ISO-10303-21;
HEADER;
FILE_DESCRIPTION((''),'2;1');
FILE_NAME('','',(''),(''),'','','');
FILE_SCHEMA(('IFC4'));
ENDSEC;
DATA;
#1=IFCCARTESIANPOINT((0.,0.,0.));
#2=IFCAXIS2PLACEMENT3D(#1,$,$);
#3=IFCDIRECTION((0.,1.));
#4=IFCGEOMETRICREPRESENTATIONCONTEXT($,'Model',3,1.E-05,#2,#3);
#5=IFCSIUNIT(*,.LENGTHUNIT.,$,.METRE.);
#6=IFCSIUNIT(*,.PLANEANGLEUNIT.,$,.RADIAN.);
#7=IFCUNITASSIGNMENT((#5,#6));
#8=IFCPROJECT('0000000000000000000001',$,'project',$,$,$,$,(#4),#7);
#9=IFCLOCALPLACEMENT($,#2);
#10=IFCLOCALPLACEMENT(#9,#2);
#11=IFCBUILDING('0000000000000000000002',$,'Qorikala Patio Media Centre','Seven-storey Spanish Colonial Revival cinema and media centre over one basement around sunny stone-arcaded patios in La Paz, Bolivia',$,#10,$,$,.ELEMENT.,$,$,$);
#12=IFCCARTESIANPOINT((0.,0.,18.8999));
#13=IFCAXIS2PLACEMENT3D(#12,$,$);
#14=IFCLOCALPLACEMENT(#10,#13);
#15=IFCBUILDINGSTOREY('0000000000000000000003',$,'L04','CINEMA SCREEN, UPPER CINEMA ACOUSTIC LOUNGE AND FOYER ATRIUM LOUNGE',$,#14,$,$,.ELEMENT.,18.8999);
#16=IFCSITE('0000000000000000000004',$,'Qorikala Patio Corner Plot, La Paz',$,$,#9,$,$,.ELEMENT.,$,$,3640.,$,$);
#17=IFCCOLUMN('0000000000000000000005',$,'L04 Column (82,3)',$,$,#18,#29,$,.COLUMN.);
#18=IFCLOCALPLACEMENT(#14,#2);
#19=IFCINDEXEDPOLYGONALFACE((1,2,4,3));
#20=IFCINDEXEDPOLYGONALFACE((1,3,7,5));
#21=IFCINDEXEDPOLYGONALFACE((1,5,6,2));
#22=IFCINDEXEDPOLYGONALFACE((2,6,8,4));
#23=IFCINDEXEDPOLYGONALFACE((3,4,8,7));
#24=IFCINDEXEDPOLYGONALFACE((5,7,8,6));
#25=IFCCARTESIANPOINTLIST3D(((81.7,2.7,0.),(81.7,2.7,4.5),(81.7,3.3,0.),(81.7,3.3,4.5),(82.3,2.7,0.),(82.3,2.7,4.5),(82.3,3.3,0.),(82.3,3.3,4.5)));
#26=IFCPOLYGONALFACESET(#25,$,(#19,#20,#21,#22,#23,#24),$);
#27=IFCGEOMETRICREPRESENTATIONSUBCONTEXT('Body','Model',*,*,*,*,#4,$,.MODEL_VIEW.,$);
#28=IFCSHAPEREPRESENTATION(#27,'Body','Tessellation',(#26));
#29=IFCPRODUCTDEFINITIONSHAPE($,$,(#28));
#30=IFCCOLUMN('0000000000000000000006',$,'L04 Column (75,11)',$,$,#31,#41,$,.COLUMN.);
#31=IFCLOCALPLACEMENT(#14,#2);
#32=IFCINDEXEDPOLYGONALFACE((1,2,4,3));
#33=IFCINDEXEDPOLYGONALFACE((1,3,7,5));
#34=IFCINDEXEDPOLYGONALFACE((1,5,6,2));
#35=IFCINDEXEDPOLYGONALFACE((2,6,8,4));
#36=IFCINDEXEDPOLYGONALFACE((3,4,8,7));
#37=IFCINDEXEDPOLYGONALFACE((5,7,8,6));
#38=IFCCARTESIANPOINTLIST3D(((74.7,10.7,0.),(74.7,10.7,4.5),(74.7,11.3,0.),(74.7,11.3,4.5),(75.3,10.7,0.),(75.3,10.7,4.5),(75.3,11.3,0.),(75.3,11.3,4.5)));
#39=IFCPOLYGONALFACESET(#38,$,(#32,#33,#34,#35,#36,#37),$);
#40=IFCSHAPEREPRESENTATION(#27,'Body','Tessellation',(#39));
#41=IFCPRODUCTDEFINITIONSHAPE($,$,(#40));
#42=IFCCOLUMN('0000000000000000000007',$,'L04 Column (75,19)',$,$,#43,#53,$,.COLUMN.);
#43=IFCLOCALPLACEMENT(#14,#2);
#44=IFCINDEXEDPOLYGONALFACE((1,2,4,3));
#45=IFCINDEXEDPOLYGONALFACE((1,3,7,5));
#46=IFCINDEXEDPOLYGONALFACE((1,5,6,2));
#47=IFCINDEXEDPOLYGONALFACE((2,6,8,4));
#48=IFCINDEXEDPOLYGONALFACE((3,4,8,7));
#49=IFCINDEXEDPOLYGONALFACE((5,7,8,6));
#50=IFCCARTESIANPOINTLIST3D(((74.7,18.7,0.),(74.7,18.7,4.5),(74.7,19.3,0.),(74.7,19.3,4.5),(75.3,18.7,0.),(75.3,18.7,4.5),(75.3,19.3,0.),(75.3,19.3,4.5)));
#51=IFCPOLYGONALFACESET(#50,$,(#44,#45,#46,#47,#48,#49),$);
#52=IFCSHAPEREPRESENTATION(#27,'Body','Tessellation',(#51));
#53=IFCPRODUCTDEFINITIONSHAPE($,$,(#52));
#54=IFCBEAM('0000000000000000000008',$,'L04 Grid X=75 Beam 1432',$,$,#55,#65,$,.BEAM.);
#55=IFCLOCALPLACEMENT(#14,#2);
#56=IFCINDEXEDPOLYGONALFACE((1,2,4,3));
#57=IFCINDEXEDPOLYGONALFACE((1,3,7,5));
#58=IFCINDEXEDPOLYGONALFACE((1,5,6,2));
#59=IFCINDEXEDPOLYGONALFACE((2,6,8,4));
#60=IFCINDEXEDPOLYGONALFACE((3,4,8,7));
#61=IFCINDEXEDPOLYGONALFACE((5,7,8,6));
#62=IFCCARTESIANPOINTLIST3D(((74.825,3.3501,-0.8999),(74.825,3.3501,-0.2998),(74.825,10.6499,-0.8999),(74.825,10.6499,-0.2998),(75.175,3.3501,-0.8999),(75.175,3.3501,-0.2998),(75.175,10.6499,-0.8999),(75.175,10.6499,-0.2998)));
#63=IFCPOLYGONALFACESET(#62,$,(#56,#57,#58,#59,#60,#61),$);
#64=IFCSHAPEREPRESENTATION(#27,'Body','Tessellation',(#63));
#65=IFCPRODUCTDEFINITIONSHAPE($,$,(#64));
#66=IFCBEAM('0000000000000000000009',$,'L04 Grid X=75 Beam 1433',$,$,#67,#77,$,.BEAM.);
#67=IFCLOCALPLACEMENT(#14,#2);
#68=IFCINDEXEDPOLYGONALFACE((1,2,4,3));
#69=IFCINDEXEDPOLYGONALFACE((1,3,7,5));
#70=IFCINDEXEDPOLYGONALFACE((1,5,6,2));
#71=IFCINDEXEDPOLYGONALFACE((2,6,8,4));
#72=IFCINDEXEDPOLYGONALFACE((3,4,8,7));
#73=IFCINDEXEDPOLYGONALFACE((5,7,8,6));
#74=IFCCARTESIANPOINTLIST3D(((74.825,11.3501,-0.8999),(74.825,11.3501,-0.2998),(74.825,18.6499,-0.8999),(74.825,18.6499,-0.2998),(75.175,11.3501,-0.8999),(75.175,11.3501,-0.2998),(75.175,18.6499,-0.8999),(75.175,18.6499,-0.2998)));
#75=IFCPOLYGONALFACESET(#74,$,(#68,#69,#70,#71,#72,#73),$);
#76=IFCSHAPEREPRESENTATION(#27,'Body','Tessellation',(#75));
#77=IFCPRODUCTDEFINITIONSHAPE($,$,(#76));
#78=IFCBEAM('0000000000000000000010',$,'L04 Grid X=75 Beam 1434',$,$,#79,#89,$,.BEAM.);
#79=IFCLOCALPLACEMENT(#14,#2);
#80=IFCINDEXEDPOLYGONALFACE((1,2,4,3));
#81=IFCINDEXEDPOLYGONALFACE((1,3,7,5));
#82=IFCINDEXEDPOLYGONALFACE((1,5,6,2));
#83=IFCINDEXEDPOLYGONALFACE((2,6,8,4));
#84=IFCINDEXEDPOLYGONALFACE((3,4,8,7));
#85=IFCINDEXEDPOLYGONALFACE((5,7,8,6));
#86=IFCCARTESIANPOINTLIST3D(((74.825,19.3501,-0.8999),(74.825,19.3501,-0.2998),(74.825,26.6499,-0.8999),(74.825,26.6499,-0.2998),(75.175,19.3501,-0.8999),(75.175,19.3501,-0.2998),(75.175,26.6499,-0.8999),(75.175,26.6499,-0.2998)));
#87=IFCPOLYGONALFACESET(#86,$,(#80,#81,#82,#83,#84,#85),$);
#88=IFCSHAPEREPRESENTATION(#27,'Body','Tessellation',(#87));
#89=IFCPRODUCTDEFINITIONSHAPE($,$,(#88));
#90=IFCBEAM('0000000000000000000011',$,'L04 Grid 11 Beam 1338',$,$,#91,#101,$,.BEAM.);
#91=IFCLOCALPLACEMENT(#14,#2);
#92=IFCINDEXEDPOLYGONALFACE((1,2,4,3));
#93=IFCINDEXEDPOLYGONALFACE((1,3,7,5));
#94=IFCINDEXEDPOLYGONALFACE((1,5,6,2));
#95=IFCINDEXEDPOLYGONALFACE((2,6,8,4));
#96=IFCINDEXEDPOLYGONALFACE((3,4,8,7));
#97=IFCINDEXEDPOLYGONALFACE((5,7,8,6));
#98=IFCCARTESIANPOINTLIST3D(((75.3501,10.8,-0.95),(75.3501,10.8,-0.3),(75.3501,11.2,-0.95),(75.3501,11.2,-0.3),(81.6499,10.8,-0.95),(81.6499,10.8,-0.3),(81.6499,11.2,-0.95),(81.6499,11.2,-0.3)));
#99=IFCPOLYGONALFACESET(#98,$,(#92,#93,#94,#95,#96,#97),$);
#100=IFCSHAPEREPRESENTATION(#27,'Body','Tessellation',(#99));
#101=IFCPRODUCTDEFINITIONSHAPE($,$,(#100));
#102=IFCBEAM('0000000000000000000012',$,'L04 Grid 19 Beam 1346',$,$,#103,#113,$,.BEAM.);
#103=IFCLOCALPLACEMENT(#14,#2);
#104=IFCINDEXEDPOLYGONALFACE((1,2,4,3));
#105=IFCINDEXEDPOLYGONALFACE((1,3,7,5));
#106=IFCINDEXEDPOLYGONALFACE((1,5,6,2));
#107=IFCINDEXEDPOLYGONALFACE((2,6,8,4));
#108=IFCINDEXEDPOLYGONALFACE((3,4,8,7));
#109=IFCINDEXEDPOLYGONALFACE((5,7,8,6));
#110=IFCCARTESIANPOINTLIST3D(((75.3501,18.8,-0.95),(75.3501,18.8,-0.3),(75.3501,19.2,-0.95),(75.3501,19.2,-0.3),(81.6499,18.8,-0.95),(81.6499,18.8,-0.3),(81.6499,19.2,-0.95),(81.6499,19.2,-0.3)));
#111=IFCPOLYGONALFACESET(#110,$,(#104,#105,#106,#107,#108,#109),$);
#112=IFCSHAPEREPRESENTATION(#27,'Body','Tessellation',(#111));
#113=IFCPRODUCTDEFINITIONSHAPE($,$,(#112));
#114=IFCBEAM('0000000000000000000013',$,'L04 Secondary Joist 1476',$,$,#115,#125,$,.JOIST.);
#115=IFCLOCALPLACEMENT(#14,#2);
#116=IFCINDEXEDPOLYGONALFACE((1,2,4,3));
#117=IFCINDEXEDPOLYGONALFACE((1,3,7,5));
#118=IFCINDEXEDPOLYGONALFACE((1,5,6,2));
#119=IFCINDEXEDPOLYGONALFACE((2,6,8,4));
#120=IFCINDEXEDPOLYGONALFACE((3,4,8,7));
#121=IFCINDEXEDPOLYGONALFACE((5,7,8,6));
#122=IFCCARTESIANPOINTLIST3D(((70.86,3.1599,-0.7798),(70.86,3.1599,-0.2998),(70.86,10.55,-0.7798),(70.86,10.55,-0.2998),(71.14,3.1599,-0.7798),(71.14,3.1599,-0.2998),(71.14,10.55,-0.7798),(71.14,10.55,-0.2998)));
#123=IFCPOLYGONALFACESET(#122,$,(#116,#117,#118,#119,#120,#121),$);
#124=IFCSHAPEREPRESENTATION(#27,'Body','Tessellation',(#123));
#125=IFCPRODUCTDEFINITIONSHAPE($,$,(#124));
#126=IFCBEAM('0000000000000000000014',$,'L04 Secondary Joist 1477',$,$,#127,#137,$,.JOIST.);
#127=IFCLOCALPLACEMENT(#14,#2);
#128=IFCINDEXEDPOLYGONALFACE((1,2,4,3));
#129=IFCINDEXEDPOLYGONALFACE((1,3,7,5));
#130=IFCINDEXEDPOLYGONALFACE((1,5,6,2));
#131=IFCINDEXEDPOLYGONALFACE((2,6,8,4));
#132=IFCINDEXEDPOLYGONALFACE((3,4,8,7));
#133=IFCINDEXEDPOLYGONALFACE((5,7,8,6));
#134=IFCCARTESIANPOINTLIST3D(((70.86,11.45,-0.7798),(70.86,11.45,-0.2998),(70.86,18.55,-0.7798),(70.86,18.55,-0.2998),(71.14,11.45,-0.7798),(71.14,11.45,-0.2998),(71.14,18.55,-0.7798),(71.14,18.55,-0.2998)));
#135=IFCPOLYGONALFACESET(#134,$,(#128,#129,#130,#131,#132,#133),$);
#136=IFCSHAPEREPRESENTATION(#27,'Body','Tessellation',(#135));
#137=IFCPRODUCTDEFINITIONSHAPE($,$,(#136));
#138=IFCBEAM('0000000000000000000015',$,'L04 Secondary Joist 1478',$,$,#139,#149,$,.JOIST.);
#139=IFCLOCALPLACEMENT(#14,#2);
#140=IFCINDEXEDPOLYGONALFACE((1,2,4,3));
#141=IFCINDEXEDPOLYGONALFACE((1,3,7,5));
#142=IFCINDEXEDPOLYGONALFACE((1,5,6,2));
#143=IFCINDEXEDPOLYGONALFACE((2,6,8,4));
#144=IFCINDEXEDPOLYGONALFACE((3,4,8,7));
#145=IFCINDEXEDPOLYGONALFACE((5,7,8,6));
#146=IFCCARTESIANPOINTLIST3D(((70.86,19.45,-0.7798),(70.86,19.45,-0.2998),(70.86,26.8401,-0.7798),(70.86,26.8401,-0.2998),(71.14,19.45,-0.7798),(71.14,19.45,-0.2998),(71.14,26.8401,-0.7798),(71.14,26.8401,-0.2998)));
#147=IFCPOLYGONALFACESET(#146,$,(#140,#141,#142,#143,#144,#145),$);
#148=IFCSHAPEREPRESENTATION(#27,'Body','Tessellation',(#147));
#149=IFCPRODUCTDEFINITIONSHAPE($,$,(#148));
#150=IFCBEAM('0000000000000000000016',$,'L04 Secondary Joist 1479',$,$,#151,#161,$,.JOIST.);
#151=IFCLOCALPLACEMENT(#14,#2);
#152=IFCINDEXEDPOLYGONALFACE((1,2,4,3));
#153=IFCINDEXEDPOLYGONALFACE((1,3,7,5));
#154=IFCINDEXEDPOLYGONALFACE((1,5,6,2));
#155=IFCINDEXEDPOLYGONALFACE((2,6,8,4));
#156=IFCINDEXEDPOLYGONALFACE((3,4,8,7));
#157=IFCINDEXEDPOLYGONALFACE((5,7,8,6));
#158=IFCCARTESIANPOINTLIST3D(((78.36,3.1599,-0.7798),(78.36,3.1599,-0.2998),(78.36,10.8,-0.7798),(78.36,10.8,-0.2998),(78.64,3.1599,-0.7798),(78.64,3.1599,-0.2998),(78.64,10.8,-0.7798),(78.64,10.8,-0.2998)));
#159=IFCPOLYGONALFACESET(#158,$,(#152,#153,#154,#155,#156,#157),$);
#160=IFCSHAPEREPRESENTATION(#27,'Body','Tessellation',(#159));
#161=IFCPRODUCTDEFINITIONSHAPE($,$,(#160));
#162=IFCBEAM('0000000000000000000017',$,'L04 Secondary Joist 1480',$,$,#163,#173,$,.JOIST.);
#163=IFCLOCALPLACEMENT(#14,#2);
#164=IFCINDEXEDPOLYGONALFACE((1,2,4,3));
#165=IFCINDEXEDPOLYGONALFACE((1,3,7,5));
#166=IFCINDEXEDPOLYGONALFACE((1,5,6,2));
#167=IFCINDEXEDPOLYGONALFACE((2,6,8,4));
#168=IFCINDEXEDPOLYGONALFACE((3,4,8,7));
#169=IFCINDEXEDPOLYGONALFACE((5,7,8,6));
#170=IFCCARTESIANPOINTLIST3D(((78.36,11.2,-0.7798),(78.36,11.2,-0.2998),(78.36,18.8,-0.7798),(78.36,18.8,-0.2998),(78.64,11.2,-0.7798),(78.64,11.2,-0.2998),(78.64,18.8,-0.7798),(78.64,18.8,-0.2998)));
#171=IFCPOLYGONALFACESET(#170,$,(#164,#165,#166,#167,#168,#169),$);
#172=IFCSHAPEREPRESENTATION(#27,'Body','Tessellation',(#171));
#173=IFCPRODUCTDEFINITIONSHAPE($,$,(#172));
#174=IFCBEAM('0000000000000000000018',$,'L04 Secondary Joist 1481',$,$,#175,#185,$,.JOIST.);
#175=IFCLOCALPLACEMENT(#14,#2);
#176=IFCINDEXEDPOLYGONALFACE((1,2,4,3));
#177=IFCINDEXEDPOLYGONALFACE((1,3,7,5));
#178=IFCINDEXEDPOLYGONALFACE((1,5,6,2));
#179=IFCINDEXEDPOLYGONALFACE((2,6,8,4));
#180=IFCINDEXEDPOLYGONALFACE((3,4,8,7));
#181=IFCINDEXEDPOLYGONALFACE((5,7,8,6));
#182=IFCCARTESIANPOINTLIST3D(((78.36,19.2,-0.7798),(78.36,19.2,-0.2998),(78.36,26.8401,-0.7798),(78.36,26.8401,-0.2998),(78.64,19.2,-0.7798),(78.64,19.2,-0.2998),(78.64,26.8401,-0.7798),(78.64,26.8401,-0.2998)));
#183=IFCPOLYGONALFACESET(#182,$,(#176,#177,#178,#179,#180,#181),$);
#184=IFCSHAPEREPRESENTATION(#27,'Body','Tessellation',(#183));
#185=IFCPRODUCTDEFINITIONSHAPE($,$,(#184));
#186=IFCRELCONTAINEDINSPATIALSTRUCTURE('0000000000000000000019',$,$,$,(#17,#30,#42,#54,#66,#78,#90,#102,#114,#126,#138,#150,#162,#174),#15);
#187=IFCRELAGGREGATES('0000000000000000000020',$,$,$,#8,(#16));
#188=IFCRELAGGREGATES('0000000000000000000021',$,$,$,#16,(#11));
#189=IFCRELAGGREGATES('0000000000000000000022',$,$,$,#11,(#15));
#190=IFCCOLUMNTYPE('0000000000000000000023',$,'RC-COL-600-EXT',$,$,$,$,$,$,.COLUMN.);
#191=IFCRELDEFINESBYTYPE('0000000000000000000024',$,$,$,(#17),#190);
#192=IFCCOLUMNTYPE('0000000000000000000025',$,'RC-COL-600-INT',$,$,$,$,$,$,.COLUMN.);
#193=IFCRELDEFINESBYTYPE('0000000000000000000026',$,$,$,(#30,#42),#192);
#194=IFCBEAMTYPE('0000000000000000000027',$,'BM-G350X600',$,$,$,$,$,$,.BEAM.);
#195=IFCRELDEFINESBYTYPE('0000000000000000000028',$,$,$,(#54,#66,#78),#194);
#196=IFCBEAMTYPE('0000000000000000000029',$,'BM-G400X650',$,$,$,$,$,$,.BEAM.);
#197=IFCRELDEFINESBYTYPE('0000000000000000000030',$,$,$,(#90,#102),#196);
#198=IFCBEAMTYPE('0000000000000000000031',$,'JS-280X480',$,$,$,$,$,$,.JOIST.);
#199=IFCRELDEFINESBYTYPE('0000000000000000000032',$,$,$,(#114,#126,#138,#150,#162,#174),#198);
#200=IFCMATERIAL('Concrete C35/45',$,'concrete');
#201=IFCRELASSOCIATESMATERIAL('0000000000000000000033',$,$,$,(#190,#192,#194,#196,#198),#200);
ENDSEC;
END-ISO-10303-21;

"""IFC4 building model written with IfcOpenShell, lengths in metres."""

from ifc_helpers import new_model, si_unit, direction, frame, origin, origin_2d, place, context, subcontext, project, spatial, rectangle, extrude, material, material_profile, profile_set, type_object, element, save


model = new_model("IFC4")

# Units and contexts
model_context = context("Model", 3, precision=1e-05, world=origin(), true_north=direction((0.0, 1.0)))
body_context = subcontext(model_context, "Body", "Model", "MODEL_VIEW")
ifc_project = project(units=[si_unit("LENGTHUNIT", "METRE"), si_unit("PLANEANGLEUNIT", "RADIAN")], contexts=[model_context])

# Site, building, storey
site_placement = place(None, origin())
site = spatial("IfcSite", under=ifc_project, at=site_placement, Name="Qorikala Patio Corner Plot, La Paz", CompositionType="ELEMENT", RefElevation=3640.0)
building_placement = place(site_placement, origin())
building = spatial("IfcBuilding", under=site, at=building_placement, Name="Qorikala Patio Media Centre", Description="Seven-storey Spanish Colonial Revival cinema and media centre over one basement around sunny stone-arcaded patios in La Paz, Bolivia", CompositionType="ELEMENT")
storey_placement = place(building_placement, frame((0.0, 0.0, 18.8999)))
storey = spatial("IfcBuildingStorey", under=building, at=storey_placement, Name="L04", Description="CINEMA SCREEN, UPPER CINEMA ACOUSTIC LOUNGE AND FOYER ATRIUM LOUNGE", CompositionType="ELEMENT", Elevation=18.8999)

# Columns
ifc_material_1 = material(Name="Concrete C35/45", Category="concrete")
ifc_material_profile_1 = material_profile(ifc_material_1, rectangle(XDim=0.6001, YDim=0.6001, at=origin_2d()), Name="RC 600x600")
ifc_profile_set_1 = profile_set([ifc_material_profile_1], Name="Concrete C35/45")
column_type_1 = type_object("IfcColumnType", Name="RC-COL-600-EXT", PredefinedType="COLUMN", material=ifc_profile_set_1)
column_placement = place(storey_placement, frame((82.0, 3.0, 0.0), z_axis=(0.0, 0.0, 1.0), x_axis=(1.0, 0.0, 0.0)))
element("IfcColumn", 1, at=column_placement, inside=storey, type_object=column_type_1, Name="L04 Column (82,3)", PredefinedType="COLUMN", context=body_context, shape_type="SweptSolid", body=[
    extrude(rectangle(XDim=0.6001, YDim=0.6001, at=origin_2d()), origin(), (0.0, 0.0, 1.0), 4.5),
])
ifc_material_profile_2 = material_profile(ifc_material_1, rectangle(XDim=0.6001, YDim=0.6001, at=origin_2d()), Name="RC 600x600")
ifc_profile_set_2 = profile_set([ifc_material_profile_2], Name="Concrete C35/45")
column_type_2 = type_object("IfcColumnType", Name="RC-COL-600-INT", PredefinedType="COLUMN", material=ifc_profile_set_2)
for number, where, z_axis, x_axis, name in (
    (2, (75.0, 11.0, 0.0), (0.0, 0.0, 1.0), (1.0, 0.0, 0.0), "L04 Column (75,11)"),
    (3, (75.0, 19.0, 0.0), (0.0, 0.0, 1.0), (1.0, 0.0, 0.0), "L04 Column (75,19)"),
):
    element("IfcColumn", number, at=place(storey_placement, frame(where, z_axis=z_axis, x_axis=x_axis)), inside=storey, type_object=column_type_2, Name=name, PredefinedType="COLUMN", context=body_context, shape_type="SweptSolid", body=[
        extrude(rectangle(XDim=0.6001, YDim=0.6001, at=origin_2d()), origin(), (0.0, 0.0, 1.0), 4.5),
    ])

# Beams
ifc_material_profile_3 = material_profile(ifc_material_1, rectangle(XDim=0.3501, YDim=0.6001, at=origin_2d()), Name="RC 350x600")
ifc_profile_set_3 = profile_set([ifc_material_profile_3], Name="Concrete C35/45")
beam_type_1 = type_object("IfcBeamType", Name="BM-G350X600", PredefinedType="BEAM", material=ifc_profile_set_3)
for number, where, z_axis, x_axis, name in (
    (4, (75.0, 3.3501, -0.5999), (0.0, 1.0, 0.0), (-1.0, 0.0, 0.0), "L04 Grid X=75 Beam 1432"),
    (5, (75.0, 11.3501, -0.5999), (0.0, 1.0, 0.0), (-1.0, 0.0, 0.0), "L04 Grid X=75 Beam 1433"),
    (6, (75.0, 19.3501, -0.5999), (0.0, 1.0, 0.0), (-1.0, 0.0, 0.0), "L04 Grid X=75 Beam 1434"),
):
    element("IfcBeam", number, at=place(storey_placement, frame(where, z_axis=z_axis, x_axis=x_axis)), inside=storey, type_object=beam_type_1, Name=name, PredefinedType="BEAM", context=body_context, shape_type="SweptSolid", body=[
        extrude(rectangle(XDim=0.3501, YDim=0.6001, at=origin_2d()), origin(), (0.0, 0.0, 1.0), 7.2998),
    ])
ifc_material_profile_4 = material_profile(ifc_material_1, rectangle(XDim=0.3999, YDim=0.6499, at=origin_2d()), Name="RC 400x650")
ifc_profile_set_4 = profile_set([ifc_material_profile_4], Name="Concrete C35/45")
beam_type_2 = type_object("IfcBeamType", Name="BM-G400X650", PredefinedType="BEAM", material=ifc_profile_set_4)
for number, where, z_axis, x_axis, name in (
    (7, (75.3501, 11.0, -0.625), (1.0, 0.0, 0.0), (0.0, 1.0, 0.0), "L04 Grid 11 Beam 1338"),
    (8, (75.3501, 19.0, -0.625), (1.0, 0.0, 0.0), (0.0, 1.0, 0.0), "L04 Grid 19 Beam 1346"),
):
    element("IfcBeam", number, at=place(storey_placement, frame(where, z_axis=z_axis, x_axis=x_axis)), inside=storey, type_object=beam_type_2, Name=name, PredefinedType="BEAM", context=body_context, shape_type="SweptSolid", body=[
        extrude(rectangle(XDim=0.3999, YDim=0.6499, at=origin_2d()), origin(), (0.0, 0.0, 1.0), 6.2998),
    ])
ifc_material_profile_5 = material_profile(ifc_material_1, rectangle(XDim=0.28, YDim=0.48, at=origin_2d()), Name="RC 280x480")
ifc_profile_set_5 = profile_set([ifc_material_profile_5], Name="Concrete C35/45")
beam_type_3 = type_object("IfcBeamType", Name="JS-280X480", PredefinedType="JOIST", material=ifc_profile_set_5)
beam_1_placement = place(storey_placement, frame((71.0, 3.1599, -0.5398), z_axis=(0.0, 1.0, 0.0), x_axis=(-1.0, 0.0, 0.0)))
element("IfcBeam", 9, at=beam_1_placement, inside=storey, type_object=beam_type_3, Name="L04 Secondary Joist 1476", PredefinedType="JOIST", context=body_context, shape_type="SweptSolid", body=[
    extrude(rectangle(XDim=0.28, YDim=0.48, at=origin_2d()), origin(), (0.0, 0.0, 1.0), 7.3901),
])
beam_2_placement = place(storey_placement, frame((71.0, 11.45, -0.5398), z_axis=(0.0, 1.0, 0.0), x_axis=(-1.0, 0.0, 0.0)))
element("IfcBeam", 10, at=beam_2_placement, inside=storey, type_object=beam_type_3, Name="L04 Secondary Joist 1477", PredefinedType="JOIST", context=body_context, shape_type="SweptSolid", body=[
    extrude(rectangle(XDim=0.28, YDim=0.48, at=origin_2d()), origin(), (0.0, 0.0, 1.0), 7.1001),
])
beam_3_placement = place(storey_placement, frame((71.0, 19.45, -0.5398), z_axis=(0.0, 1.0, 0.0), x_axis=(-1.0, 0.0, 0.0)))
element("IfcBeam", 11, at=beam_3_placement, inside=storey, type_object=beam_type_3, Name="L04 Secondary Joist 1478", PredefinedType="JOIST", context=body_context, shape_type="SweptSolid", body=[
    extrude(rectangle(XDim=0.28, YDim=0.48, at=origin_2d()), origin(), (0.0, 0.0, 1.0), 7.3901),
])
beam_4_placement = place(storey_placement, frame((78.5, 3.1599, -0.5398), z_axis=(0.0, 1.0, 0.0), x_axis=(-1.0, 0.0, 0.0)))
element("IfcBeam", 12, at=beam_4_placement, inside=storey, type_object=beam_type_3, Name="L04 Secondary Joist 1479", PredefinedType="JOIST", context=body_context, shape_type="SweptSolid", body=[
    extrude(rectangle(XDim=0.28, YDim=0.48, at=origin_2d()), origin(), (0.0, 0.0, 1.0), 7.6401),
])
beam_5_placement = place(storey_placement, frame((78.5, 11.2, -0.5398), z_axis=(0.0, 1.0, 0.0), x_axis=(-1.0, 0.0, 0.0)))
element("IfcBeam", 13, at=beam_5_placement, inside=storey, type_object=beam_type_3, Name="L04 Secondary Joist 1480", PredefinedType="JOIST", context=body_context, shape_type="SweptSolid", body=[
    extrude(rectangle(XDim=0.28, YDim=0.48, at=origin_2d()), origin(), (0.0, 0.0, 1.0), 7.6001),
])
beam_6_placement = place(storey_placement, frame((78.5, 19.2, -0.5398), z_axis=(0.0, 1.0, 0.0), x_axis=(-1.0, 0.0, 0.0)))
element("IfcBeam", 14, at=beam_6_placement, inside=storey, type_object=beam_type_3, Name="L04 Secondary Joist 1481", PredefinedType="JOIST", context=body_context, shape_type="SweptSolid", body=[
    extrude(rectangle(XDim=0.28, YDim=0.48, at=origin_2d()), origin(), (0.0, 0.0, 1.0), 7.6401),
])

save(model, "model.ifc")
